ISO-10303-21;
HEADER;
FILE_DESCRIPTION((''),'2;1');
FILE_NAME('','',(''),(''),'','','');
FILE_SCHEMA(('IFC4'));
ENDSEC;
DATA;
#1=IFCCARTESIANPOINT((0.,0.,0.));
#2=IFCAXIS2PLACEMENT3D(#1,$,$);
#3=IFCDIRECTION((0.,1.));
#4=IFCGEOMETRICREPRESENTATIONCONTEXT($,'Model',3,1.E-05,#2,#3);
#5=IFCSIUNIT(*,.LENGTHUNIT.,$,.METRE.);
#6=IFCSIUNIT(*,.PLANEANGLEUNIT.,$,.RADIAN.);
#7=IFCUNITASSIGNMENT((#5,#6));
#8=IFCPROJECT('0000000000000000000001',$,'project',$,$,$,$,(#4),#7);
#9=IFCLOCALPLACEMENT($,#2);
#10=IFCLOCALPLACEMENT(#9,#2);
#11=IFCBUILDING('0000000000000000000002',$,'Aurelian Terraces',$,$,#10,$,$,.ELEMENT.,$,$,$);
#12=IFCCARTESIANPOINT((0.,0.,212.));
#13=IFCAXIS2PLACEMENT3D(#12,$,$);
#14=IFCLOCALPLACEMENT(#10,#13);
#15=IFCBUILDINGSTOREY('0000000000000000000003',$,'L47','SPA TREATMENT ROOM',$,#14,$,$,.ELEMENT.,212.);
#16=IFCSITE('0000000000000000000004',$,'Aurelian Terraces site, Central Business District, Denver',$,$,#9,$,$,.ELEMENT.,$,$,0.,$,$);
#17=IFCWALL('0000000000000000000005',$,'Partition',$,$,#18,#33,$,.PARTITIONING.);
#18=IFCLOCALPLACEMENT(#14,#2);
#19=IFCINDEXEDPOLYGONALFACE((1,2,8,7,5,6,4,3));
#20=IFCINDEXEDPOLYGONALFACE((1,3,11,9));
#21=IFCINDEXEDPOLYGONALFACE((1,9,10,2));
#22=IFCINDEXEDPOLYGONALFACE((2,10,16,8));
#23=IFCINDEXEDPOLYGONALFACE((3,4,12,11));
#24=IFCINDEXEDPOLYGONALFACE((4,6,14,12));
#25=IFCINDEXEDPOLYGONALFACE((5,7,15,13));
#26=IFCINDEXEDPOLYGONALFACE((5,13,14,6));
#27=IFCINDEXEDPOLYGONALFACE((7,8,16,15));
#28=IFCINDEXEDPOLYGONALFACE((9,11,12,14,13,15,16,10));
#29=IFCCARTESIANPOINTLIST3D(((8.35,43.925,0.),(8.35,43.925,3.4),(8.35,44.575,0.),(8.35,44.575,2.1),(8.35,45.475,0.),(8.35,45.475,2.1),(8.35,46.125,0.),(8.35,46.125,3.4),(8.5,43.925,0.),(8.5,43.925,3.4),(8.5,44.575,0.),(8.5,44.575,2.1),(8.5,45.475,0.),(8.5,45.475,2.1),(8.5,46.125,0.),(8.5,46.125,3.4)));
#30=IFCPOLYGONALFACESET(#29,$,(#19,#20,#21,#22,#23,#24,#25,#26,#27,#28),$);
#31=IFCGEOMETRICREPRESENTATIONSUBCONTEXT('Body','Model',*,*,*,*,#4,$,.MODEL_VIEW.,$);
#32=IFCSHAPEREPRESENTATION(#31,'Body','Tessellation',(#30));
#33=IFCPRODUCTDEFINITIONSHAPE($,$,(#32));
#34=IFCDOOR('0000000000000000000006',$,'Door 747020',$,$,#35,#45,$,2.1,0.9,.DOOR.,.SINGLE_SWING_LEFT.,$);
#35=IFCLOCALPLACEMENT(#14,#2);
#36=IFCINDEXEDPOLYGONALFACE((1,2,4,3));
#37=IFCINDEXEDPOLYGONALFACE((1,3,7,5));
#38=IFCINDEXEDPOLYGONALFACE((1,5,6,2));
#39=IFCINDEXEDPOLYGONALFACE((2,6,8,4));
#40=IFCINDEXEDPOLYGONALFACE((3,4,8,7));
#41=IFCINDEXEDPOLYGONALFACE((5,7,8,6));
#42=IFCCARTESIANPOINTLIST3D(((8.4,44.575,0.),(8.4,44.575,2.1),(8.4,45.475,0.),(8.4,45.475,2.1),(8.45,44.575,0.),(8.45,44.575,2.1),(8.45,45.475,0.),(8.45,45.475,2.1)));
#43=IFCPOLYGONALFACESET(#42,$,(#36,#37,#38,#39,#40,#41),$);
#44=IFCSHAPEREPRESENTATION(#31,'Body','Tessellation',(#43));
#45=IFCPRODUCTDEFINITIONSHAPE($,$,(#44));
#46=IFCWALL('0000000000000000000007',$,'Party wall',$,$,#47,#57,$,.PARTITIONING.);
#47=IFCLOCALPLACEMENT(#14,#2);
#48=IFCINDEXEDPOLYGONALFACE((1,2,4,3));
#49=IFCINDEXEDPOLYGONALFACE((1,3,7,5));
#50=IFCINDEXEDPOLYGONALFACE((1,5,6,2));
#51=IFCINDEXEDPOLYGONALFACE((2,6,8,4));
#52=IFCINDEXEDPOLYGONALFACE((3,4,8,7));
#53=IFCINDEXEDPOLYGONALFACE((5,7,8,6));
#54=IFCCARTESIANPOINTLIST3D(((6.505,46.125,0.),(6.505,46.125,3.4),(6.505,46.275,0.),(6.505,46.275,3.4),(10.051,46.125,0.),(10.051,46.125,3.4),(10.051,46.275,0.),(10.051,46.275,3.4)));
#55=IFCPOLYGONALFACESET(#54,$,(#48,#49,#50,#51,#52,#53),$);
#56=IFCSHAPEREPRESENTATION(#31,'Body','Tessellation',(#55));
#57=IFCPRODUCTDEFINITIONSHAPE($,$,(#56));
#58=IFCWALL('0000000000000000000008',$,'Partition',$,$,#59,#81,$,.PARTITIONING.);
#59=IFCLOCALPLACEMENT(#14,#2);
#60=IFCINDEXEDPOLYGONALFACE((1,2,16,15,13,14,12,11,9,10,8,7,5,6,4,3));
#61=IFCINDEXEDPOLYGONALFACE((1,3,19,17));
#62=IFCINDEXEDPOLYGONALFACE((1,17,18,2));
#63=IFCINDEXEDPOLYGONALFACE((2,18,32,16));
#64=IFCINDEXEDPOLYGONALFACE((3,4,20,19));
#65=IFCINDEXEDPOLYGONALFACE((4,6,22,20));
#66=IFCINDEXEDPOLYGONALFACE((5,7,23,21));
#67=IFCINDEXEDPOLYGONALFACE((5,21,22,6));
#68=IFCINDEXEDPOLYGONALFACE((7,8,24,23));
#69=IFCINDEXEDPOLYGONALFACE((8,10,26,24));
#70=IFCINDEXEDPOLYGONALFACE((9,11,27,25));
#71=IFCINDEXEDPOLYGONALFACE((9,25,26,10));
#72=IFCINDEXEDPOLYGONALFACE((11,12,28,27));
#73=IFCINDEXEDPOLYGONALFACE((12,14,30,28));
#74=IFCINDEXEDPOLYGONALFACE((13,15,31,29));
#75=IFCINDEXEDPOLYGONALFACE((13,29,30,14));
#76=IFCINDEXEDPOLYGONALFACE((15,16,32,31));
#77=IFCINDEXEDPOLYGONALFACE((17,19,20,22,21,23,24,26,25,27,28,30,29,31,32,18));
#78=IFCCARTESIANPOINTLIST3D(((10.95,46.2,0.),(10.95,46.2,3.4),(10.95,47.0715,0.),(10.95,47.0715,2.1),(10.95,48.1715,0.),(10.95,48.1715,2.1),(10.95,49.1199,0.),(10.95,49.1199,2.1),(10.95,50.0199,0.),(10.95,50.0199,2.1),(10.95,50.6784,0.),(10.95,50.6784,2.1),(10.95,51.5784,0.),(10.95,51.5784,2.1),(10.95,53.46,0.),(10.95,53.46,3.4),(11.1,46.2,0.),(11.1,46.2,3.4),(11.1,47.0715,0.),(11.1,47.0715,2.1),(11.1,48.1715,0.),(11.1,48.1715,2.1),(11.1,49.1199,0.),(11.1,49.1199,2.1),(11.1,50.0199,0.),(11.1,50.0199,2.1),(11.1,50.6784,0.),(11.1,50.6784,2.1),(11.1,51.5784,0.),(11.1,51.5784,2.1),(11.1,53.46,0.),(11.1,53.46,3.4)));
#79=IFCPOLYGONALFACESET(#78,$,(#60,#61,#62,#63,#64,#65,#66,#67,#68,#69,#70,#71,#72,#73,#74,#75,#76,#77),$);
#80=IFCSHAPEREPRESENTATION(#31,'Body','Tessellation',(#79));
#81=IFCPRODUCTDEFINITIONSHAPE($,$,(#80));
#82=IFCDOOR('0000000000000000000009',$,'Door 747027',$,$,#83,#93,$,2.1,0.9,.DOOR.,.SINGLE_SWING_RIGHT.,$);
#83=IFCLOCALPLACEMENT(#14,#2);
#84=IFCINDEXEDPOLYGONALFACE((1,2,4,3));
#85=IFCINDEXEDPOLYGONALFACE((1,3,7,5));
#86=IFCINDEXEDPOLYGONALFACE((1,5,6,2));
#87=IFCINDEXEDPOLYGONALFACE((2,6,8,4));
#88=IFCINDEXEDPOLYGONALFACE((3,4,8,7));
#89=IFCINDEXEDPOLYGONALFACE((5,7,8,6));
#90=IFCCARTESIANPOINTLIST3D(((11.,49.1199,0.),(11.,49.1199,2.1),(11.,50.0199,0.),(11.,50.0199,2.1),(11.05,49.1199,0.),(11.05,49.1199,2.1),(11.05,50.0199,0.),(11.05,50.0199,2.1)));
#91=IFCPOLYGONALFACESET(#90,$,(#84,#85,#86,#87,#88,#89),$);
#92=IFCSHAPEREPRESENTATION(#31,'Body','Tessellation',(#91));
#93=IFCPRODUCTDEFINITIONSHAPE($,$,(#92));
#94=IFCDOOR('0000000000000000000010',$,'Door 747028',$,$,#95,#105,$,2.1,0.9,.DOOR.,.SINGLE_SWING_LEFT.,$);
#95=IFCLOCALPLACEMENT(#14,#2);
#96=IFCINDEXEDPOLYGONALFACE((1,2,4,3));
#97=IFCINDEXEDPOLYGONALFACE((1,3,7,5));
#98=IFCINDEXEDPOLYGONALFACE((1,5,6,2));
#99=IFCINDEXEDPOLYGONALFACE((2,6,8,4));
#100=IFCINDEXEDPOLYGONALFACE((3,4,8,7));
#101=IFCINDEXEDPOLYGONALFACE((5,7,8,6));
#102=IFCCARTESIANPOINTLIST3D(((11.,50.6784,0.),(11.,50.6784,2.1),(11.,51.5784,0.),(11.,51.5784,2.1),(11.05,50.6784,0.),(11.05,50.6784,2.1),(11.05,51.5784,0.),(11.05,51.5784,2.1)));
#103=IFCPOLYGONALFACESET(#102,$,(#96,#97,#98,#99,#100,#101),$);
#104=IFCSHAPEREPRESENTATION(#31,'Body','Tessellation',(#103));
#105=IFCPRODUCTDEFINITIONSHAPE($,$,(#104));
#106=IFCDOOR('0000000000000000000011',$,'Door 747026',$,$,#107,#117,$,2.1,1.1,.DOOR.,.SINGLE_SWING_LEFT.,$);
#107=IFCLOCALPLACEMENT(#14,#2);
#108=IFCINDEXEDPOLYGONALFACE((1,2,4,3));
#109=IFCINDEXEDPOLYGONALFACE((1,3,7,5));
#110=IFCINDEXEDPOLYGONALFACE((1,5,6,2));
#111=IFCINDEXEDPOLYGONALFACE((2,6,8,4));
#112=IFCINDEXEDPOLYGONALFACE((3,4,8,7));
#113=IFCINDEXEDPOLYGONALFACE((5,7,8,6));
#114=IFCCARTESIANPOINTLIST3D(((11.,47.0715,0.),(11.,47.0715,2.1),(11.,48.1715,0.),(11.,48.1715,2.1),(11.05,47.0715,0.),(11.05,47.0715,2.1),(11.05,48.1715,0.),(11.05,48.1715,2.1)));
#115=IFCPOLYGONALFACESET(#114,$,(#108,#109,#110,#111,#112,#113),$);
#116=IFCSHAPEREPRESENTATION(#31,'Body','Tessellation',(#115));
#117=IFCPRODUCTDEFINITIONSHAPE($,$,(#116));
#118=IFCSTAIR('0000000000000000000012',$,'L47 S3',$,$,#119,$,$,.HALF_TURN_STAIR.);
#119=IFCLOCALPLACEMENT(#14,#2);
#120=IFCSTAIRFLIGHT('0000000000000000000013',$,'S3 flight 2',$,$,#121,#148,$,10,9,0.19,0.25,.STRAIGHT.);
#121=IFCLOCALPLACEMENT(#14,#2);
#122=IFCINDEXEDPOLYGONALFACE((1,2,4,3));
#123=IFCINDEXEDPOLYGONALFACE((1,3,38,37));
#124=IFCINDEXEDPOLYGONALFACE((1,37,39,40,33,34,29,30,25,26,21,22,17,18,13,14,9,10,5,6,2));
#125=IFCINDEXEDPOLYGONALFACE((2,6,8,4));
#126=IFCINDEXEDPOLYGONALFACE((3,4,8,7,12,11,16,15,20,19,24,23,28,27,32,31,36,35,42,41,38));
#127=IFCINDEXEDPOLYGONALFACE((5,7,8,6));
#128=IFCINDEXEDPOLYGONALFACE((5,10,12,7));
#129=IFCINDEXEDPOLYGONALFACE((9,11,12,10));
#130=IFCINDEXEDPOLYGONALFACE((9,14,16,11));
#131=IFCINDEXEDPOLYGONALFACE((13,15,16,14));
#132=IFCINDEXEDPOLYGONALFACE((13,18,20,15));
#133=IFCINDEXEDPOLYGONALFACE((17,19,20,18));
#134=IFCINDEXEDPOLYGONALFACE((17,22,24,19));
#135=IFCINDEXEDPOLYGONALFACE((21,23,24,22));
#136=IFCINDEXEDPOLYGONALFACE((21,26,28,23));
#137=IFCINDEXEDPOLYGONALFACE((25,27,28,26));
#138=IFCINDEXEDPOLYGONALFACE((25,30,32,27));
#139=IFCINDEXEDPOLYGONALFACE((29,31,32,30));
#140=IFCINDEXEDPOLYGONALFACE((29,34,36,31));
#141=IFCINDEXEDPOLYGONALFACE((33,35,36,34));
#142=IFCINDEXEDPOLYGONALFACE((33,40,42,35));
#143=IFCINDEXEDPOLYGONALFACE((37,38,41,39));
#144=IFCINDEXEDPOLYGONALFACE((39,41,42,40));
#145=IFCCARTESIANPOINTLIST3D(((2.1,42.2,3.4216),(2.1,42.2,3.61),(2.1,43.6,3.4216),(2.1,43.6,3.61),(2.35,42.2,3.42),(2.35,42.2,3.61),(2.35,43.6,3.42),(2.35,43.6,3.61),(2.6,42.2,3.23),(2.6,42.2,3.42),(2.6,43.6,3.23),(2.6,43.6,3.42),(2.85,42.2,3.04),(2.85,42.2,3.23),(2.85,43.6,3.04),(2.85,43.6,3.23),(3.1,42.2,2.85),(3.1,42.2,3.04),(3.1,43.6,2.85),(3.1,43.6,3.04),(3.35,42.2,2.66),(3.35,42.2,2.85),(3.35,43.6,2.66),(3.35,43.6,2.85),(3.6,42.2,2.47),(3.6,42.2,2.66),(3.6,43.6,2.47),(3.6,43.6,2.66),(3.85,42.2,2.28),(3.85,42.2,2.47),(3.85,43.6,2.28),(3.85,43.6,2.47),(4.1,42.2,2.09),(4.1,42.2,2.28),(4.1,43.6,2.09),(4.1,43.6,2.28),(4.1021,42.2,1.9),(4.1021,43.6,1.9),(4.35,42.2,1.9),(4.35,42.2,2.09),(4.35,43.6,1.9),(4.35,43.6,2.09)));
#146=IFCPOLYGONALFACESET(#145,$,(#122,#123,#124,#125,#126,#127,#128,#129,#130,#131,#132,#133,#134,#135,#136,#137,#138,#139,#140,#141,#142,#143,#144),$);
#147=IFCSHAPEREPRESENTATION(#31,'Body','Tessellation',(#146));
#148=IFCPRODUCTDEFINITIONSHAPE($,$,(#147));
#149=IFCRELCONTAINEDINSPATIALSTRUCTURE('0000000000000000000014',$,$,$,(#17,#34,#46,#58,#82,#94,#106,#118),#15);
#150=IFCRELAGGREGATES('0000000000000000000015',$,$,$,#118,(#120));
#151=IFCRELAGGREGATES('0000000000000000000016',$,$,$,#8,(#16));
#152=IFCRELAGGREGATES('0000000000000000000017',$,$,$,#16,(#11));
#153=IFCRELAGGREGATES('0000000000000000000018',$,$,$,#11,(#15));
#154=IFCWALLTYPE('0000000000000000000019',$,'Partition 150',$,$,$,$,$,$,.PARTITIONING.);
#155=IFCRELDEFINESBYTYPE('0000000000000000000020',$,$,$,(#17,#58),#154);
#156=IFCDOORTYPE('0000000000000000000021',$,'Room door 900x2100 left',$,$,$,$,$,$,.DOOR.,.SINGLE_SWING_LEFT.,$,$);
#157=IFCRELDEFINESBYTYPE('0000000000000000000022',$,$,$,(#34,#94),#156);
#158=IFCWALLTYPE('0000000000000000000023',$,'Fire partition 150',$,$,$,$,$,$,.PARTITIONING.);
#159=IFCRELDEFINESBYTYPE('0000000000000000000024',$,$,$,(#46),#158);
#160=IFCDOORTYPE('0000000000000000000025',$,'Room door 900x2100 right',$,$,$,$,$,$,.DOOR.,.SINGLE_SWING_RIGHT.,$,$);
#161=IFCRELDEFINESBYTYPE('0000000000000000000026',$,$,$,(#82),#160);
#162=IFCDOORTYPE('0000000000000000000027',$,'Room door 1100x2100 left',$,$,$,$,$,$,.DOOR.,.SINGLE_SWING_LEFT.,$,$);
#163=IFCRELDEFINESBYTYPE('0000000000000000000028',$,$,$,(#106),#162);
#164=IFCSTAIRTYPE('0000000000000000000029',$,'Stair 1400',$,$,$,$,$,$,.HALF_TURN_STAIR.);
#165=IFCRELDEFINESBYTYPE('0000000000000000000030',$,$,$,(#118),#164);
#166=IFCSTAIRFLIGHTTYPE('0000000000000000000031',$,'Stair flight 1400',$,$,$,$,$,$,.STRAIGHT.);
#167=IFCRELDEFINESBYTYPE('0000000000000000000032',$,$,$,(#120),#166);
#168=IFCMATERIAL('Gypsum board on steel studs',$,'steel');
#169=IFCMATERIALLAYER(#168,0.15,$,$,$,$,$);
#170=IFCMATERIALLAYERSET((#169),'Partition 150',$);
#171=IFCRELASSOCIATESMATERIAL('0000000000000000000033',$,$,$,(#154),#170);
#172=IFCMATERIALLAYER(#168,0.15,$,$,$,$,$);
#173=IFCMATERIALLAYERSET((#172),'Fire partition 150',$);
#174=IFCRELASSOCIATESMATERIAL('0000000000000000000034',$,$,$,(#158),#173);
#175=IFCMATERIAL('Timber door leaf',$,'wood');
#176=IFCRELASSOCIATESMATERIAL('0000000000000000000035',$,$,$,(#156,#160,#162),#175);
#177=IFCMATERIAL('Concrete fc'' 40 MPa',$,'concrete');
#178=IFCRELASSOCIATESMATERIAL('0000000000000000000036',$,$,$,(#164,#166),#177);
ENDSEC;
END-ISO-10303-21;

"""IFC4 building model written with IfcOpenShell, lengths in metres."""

from ifc_helpers import new_model, si_unit, direction, frame, frame_2d, origin, place, context, subcontext, project, spatial, polyline, rectangle, outline, extrude, source, transform, mapped, material, layer, layer_set, type_object, element, fill, aggregate, save


model = new_model("IFC4")

# Units and contexts
model_context = context("Model", 3, precision=1e-05, world=origin(), true_north=direction((0.0, 1.0)))
body_context = subcontext(model_context, "Body", "Model", "MODEL_VIEW")
ifc_project = project(units=[si_unit("LENGTHUNIT", "METRE"), si_unit("PLANEANGLEUNIT", "RADIAN")], contexts=[model_context])

# Site, building, storey
site_placement = place(None, origin())
site = spatial("IfcSite", under=ifc_project, at=site_placement, Name="Aurelian Terraces site, Central Business District, Denver", CompositionType="ELEMENT", RefElevation=0.0)
building_placement = place(site_placement, origin())
building = spatial("IfcBuilding", under=site, at=building_placement, Name="Aurelian Terraces", CompositionType="ELEMENT")
storey_placement = place(building_placement, frame((0.0, 0.0, 212.0)))
storey = spatial("IfcBuildingStorey", under=building, at=storey_placement, Name="L47", Description="SPA TREATMENT ROOM", CompositionType="ELEMENT", Elevation=212.0)

# Shared definitions
ifc_material_1 = material(Name="Concrete fc' 40 MPa", Category="concrete")

# Shared definitions
ifc_material_2 = material(Name="Gypsum board on steel studs", Category="steel")
ifc_layer_1 = layer(ifc_material_2, 0.15)
ifc_layer_set_1 = layer_set([ifc_layer_1], Name="Partition 150")
wall_type_1 = type_object("IfcWallType", Name="Partition 150", PredefinedType="PARTITIONING", material=ifc_layer_set_1)
ifc_layer_2 = layer(ifc_material_2, 0.15)
ifc_layer_set_2 = layer_set([ifc_layer_2], Name="Fire partition 150")
wall_type_2 = type_object("IfcWallType", Name="Fire partition 150", PredefinedType="PARTITIONING", material=ifc_layer_set_2)

# Wall, opening, door
shared_shape_1 = source(origin(), body_context, "Body", "SweptSolid", [
    extrude(rectangle(XDim=2.2, YDim=0.15, at=frame_2d((1.1, 0.0))), origin(), (0.0, 0.0, 1.0), 3.4),
])
wall_1_placement = place(storey_placement, frame((8.425, 43.925, 0.0), z_axis=(0.0, 0.0, 1.0), x_axis=(0.0, 1.0, 0.0)))
wall_1 = element("IfcWall", 1, at=wall_1_placement, inside=storey, type_object=wall_type_1, Name="Partition", PredefinedType="PARTITIONING", context=body_context, shape_type="MappedRepresentation", body=[
    mapped(shared_shape_1, transform((0.0, 0.0, 0.0), scale=1.0)),
])
shared_shape_2 = source(origin(), body_context, "Body", "SweptSolid", [
    extrude(rectangle(XDim=0.9, YDim=2.1, at=frame_2d((0.45, 1.05))), frame((0.0, 0.085, 0.0), z_axis=(0.0, -1.0, 0.0), x_axis=(1.0, 0.0, 0.0)), (0.0, 0.0, 1.0), 0.17),
])
opening_1_placement = place(wall_1_placement, frame((0.65, 0.0, 0.0)))
opening_1 = element("IfcOpeningElement", 2, at=opening_1_placement, cuts=wall_1, PredefinedType="OPENING", context=body_context, shape_type="MappedRepresentation", body=[
    mapped(shared_shape_2, transform((0.0, 0.0, 0.0), scale=1.0)),
])
ifc_material_3 = material(Name="Timber door leaf", Category="wood")
door_type_1 = type_object("IfcDoorType", Name="Room door 900x2100 left", OperationType="SINGLE_SWING_LEFT", PredefinedType="DOOR", material=ifc_material_3)
shared_shape_3 = source(origin(), body_context, "Body", "SweptSolid", [
    extrude(rectangle(XDim=0.9, YDim=2.1, at=frame_2d((0.45, 1.05))), frame((0.0, 0.025, 0.0), z_axis=(0.0, -1.0, 0.0), x_axis=(1.0, 0.0, 0.0)), (0.0, 0.0, 1.0), 0.05),
])
door_1_placement = place(opening_1_placement, origin())
door_1 = element("IfcDoor", 3, at=door_1_placement, inside=storey, type_object=door_type_1, Name="Door 747020", OperationType="SINGLE_SWING_LEFT", OverallHeight=2.1, OverallWidth=0.9, PredefinedType="DOOR", context=body_context, shape_type="MappedRepresentation", body=[
    mapped(shared_shape_3, transform((0.0, 0.0, 0.0), scale=1.0)),
])
fill(opening_1, door_1)

# Wall
shared_shape_4 = source(origin(), body_context, "Body", "SweptSolid", [
    extrude(rectangle(XDim=3.546, YDim=0.15, at=frame_2d((1.773, 0.0))), origin(), (0.0, 0.0, 1.0), 3.4),
])
wall_2_placement = place(storey_placement, frame((10.051, 46.2, 0.0), z_axis=(0.0, 0.0, 1.0), x_axis=(-1.0, 0.0, 0.0)))
element("IfcWall", 4, at=wall_2_placement, inside=storey, type_object=wall_type_2, Name="Party wall", PredefinedType="PARTITIONING", context=body_context, shape_type="MappedRepresentation", body=[
    mapped(shared_shape_4, transform((0.0, 0.0, 0.0), scale=1.0)),
])

# Wall, openings, doors
shared_shape_5 = source(origin(), body_context, "Body", "SweptSolid", [
    extrude(rectangle(XDim=7.26, YDim=0.15, at=frame_2d((3.63, 0.0))), origin(), (0.0, 0.0, 1.0), 3.4),
])
wall_3_placement = place(storey_placement, frame((11.025, 46.2, 0.0), z_axis=(0.0, 0.0, 1.0), x_axis=(0.0, 1.0, 0.0)))
wall_3 = element("IfcWall", 5, at=wall_3_placement, inside=storey, type_object=wall_type_1, Name="Partition", PredefinedType="PARTITIONING", context=body_context, shape_type="MappedRepresentation", body=[
    mapped(shared_shape_5, transform((0.0, 0.0, 0.0), scale=1.0)),
])
shared_shape_6 = source(origin(), body_context, "Body", "SweptSolid", [
    extrude(rectangle(XDim=1.1, YDim=2.1, at=frame_2d((0.55, 1.05))), frame((0.0, 0.085, 0.0), z_axis=(0.0, -1.0, 0.0), x_axis=(1.0, 0.0, 0.0)), (0.0, 0.0, 1.0), 0.17),
])
opening_2_placement = place(wall_3_placement, frame((0.8715, 0.0, 0.0)))
opening_2 = element("IfcOpeningElement", 6, at=opening_2_placement, cuts=wall_3, PredefinedType="OPENING", context=body_context, shape_type="MappedRepresentation", body=[
    mapped(shared_shape_6, transform((0.0, 0.0, 0.0), scale=1.0)),
])
opening_3_placement = place(wall_3_placement, frame((2.9199, 0.0, 0.0)))
opening_3 = element("IfcOpeningElement", 7, at=opening_3_placement, cuts=wall_3, PredefinedType="OPENING", context=body_context, shape_type="MappedRepresentation", body=[
    mapped(shared_shape_2, transform((0.0, 0.0, 0.0), scale=1.0)),
])
opening_4_placement = place(wall_3_placement, frame((4.4784, 0.0, 0.0)))
opening_4 = element("IfcOpeningElement", 8, at=opening_4_placement, cuts=wall_3, PredefinedType="OPENING", context=body_context, shape_type="MappedRepresentation", body=[
    mapped(shared_shape_2, transform((0.0, 0.0, 0.0), scale=1.0)),
])
door_type_2 = type_object("IfcDoorType", Name="Room door 900x2100 right", OperationType="SINGLE_SWING_RIGHT", PredefinedType="DOOR", material=ifc_material_3)
door_2_placement = place(opening_3_placement, origin())
door_2 = element("IfcDoor", 9, at=door_2_placement, inside=storey, type_object=door_type_2, Name="Door 747027", OperationType="SINGLE_SWING_RIGHT", OverallHeight=2.1, OverallWidth=0.9, PredefinedType="DOOR", context=body_context, shape_type="MappedRepresentation", body=[
    mapped(shared_shape_3, transform((0.0, 0.0, 0.0), scale=1.0)),
])
fill(opening_3, door_2)
door_3_placement = place(opening_4_placement, origin())
door_3 = element("IfcDoor", 10, at=door_3_placement, inside=storey, type_object=door_type_1, Name="Door 747028", OperationType="SINGLE_SWING_LEFT", OverallHeight=2.1, OverallWidth=0.9, PredefinedType="DOOR", context=body_context, shape_type="MappedRepresentation", body=[
    mapped(shared_shape_3, transform((0.0, 0.0, 0.0), scale=1.0)),
])
fill(opening_4, door_3)
door_type_3 = type_object("IfcDoorType", Name="Room door 1100x2100 left", OperationType="SINGLE_SWING_LEFT", PredefinedType="DOOR", material=ifc_material_3)
shared_shape_7 = source(origin(), body_context, "Body", "SweptSolid", [
    extrude(rectangle(XDim=1.1, YDim=2.1, at=frame_2d((0.55, 1.05))), frame((0.0, 0.025, 0.0), z_axis=(0.0, -1.0, 0.0), x_axis=(1.0, 0.0, 0.0)), (0.0, 0.0, 1.0), 0.05),
])
door_4_placement = place(opening_2_placement, origin())
door_4 = element("IfcDoor", 11, at=door_4_placement, inside=storey, type_object=door_type_3, Name="Door 747026", OperationType="SINGLE_SWING_LEFT", OverallHeight=2.1, OverallWidth=1.1, PredefinedType="DOOR", context=body_context, shape_type="MappedRepresentation", body=[
    mapped(shared_shape_7, transform((0.0, 0.0, 0.0), scale=1.0)),
])
fill(opening_2, door_4)

# Stair, stair flight
stair_type = type_object("IfcStairType", Name="Stair 1400", PredefinedType="HALF_TURN_STAIR", material=ifc_material_1)
stair_placement = place(storey_placement, origin())
stair = element("IfcStair", 12, at=stair_placement, inside=storey, type_object=stair_type, Name="L47 S3", PredefinedType="HALF_TURN_STAIR")
stair_flight_type = type_object("IfcStairFlightType", Name="Stair flight 1400", PredefinedType="STRAIGHT", material=ifc_material_1)
shared_shape_8 = source(origin(), body_context, "Body", "SweptSolid", [
    extrude(outline(polyline([(0.0, 0.0), (0.0, 0.19), (0.25, 0.19), (0.25, 0.38), (0.5, 0.38), (0.5, 0.57), (0.75, 0.57), (0.75, 0.76), (1.0, 0.76), (1.0, 0.95), (1.25, 0.95), (1.25, 1.14), (1.5, 1.14), (1.5, 1.33), (1.75, 1.33), (1.75, 1.52), (2.0, 1.52), (2.0, 1.71), (2.25, 1.71), (2.25, 1.9), (2.25, 1.5216), (0.2479, 0.0), (0.0, 0.0)])), frame((0.0, 0.7, 0.0), z_axis=(0.0, -1.0, 0.0), x_axis=(1.0, 0.0, 0.0)), (0.0, 0.0, 1.0), 1.4),
])
stair_flight_placement = place(storey_placement, frame((4.35, 42.9, 1.9), z_axis=(0.0, 0.0, 1.0), x_axis=(-1.0, 0.0, 0.0)))
stair_flight = element("IfcStairFlight", 13, at=stair_flight_placement, type_object=stair_flight_type, Name="S3 flight 2", NumberOfRisers=10, NumberOfTreads=9, PredefinedType="STRAIGHT", RiserHeight=0.19, TreadLength=0.25, context=body_context, shape_type="MappedRepresentation", body=[
    mapped(shared_shape_8, transform((0.0, 0.0, 0.0), scale=1.0)),
])
aggregate(stair, [stair_flight])

save(model, "model.ifc")
